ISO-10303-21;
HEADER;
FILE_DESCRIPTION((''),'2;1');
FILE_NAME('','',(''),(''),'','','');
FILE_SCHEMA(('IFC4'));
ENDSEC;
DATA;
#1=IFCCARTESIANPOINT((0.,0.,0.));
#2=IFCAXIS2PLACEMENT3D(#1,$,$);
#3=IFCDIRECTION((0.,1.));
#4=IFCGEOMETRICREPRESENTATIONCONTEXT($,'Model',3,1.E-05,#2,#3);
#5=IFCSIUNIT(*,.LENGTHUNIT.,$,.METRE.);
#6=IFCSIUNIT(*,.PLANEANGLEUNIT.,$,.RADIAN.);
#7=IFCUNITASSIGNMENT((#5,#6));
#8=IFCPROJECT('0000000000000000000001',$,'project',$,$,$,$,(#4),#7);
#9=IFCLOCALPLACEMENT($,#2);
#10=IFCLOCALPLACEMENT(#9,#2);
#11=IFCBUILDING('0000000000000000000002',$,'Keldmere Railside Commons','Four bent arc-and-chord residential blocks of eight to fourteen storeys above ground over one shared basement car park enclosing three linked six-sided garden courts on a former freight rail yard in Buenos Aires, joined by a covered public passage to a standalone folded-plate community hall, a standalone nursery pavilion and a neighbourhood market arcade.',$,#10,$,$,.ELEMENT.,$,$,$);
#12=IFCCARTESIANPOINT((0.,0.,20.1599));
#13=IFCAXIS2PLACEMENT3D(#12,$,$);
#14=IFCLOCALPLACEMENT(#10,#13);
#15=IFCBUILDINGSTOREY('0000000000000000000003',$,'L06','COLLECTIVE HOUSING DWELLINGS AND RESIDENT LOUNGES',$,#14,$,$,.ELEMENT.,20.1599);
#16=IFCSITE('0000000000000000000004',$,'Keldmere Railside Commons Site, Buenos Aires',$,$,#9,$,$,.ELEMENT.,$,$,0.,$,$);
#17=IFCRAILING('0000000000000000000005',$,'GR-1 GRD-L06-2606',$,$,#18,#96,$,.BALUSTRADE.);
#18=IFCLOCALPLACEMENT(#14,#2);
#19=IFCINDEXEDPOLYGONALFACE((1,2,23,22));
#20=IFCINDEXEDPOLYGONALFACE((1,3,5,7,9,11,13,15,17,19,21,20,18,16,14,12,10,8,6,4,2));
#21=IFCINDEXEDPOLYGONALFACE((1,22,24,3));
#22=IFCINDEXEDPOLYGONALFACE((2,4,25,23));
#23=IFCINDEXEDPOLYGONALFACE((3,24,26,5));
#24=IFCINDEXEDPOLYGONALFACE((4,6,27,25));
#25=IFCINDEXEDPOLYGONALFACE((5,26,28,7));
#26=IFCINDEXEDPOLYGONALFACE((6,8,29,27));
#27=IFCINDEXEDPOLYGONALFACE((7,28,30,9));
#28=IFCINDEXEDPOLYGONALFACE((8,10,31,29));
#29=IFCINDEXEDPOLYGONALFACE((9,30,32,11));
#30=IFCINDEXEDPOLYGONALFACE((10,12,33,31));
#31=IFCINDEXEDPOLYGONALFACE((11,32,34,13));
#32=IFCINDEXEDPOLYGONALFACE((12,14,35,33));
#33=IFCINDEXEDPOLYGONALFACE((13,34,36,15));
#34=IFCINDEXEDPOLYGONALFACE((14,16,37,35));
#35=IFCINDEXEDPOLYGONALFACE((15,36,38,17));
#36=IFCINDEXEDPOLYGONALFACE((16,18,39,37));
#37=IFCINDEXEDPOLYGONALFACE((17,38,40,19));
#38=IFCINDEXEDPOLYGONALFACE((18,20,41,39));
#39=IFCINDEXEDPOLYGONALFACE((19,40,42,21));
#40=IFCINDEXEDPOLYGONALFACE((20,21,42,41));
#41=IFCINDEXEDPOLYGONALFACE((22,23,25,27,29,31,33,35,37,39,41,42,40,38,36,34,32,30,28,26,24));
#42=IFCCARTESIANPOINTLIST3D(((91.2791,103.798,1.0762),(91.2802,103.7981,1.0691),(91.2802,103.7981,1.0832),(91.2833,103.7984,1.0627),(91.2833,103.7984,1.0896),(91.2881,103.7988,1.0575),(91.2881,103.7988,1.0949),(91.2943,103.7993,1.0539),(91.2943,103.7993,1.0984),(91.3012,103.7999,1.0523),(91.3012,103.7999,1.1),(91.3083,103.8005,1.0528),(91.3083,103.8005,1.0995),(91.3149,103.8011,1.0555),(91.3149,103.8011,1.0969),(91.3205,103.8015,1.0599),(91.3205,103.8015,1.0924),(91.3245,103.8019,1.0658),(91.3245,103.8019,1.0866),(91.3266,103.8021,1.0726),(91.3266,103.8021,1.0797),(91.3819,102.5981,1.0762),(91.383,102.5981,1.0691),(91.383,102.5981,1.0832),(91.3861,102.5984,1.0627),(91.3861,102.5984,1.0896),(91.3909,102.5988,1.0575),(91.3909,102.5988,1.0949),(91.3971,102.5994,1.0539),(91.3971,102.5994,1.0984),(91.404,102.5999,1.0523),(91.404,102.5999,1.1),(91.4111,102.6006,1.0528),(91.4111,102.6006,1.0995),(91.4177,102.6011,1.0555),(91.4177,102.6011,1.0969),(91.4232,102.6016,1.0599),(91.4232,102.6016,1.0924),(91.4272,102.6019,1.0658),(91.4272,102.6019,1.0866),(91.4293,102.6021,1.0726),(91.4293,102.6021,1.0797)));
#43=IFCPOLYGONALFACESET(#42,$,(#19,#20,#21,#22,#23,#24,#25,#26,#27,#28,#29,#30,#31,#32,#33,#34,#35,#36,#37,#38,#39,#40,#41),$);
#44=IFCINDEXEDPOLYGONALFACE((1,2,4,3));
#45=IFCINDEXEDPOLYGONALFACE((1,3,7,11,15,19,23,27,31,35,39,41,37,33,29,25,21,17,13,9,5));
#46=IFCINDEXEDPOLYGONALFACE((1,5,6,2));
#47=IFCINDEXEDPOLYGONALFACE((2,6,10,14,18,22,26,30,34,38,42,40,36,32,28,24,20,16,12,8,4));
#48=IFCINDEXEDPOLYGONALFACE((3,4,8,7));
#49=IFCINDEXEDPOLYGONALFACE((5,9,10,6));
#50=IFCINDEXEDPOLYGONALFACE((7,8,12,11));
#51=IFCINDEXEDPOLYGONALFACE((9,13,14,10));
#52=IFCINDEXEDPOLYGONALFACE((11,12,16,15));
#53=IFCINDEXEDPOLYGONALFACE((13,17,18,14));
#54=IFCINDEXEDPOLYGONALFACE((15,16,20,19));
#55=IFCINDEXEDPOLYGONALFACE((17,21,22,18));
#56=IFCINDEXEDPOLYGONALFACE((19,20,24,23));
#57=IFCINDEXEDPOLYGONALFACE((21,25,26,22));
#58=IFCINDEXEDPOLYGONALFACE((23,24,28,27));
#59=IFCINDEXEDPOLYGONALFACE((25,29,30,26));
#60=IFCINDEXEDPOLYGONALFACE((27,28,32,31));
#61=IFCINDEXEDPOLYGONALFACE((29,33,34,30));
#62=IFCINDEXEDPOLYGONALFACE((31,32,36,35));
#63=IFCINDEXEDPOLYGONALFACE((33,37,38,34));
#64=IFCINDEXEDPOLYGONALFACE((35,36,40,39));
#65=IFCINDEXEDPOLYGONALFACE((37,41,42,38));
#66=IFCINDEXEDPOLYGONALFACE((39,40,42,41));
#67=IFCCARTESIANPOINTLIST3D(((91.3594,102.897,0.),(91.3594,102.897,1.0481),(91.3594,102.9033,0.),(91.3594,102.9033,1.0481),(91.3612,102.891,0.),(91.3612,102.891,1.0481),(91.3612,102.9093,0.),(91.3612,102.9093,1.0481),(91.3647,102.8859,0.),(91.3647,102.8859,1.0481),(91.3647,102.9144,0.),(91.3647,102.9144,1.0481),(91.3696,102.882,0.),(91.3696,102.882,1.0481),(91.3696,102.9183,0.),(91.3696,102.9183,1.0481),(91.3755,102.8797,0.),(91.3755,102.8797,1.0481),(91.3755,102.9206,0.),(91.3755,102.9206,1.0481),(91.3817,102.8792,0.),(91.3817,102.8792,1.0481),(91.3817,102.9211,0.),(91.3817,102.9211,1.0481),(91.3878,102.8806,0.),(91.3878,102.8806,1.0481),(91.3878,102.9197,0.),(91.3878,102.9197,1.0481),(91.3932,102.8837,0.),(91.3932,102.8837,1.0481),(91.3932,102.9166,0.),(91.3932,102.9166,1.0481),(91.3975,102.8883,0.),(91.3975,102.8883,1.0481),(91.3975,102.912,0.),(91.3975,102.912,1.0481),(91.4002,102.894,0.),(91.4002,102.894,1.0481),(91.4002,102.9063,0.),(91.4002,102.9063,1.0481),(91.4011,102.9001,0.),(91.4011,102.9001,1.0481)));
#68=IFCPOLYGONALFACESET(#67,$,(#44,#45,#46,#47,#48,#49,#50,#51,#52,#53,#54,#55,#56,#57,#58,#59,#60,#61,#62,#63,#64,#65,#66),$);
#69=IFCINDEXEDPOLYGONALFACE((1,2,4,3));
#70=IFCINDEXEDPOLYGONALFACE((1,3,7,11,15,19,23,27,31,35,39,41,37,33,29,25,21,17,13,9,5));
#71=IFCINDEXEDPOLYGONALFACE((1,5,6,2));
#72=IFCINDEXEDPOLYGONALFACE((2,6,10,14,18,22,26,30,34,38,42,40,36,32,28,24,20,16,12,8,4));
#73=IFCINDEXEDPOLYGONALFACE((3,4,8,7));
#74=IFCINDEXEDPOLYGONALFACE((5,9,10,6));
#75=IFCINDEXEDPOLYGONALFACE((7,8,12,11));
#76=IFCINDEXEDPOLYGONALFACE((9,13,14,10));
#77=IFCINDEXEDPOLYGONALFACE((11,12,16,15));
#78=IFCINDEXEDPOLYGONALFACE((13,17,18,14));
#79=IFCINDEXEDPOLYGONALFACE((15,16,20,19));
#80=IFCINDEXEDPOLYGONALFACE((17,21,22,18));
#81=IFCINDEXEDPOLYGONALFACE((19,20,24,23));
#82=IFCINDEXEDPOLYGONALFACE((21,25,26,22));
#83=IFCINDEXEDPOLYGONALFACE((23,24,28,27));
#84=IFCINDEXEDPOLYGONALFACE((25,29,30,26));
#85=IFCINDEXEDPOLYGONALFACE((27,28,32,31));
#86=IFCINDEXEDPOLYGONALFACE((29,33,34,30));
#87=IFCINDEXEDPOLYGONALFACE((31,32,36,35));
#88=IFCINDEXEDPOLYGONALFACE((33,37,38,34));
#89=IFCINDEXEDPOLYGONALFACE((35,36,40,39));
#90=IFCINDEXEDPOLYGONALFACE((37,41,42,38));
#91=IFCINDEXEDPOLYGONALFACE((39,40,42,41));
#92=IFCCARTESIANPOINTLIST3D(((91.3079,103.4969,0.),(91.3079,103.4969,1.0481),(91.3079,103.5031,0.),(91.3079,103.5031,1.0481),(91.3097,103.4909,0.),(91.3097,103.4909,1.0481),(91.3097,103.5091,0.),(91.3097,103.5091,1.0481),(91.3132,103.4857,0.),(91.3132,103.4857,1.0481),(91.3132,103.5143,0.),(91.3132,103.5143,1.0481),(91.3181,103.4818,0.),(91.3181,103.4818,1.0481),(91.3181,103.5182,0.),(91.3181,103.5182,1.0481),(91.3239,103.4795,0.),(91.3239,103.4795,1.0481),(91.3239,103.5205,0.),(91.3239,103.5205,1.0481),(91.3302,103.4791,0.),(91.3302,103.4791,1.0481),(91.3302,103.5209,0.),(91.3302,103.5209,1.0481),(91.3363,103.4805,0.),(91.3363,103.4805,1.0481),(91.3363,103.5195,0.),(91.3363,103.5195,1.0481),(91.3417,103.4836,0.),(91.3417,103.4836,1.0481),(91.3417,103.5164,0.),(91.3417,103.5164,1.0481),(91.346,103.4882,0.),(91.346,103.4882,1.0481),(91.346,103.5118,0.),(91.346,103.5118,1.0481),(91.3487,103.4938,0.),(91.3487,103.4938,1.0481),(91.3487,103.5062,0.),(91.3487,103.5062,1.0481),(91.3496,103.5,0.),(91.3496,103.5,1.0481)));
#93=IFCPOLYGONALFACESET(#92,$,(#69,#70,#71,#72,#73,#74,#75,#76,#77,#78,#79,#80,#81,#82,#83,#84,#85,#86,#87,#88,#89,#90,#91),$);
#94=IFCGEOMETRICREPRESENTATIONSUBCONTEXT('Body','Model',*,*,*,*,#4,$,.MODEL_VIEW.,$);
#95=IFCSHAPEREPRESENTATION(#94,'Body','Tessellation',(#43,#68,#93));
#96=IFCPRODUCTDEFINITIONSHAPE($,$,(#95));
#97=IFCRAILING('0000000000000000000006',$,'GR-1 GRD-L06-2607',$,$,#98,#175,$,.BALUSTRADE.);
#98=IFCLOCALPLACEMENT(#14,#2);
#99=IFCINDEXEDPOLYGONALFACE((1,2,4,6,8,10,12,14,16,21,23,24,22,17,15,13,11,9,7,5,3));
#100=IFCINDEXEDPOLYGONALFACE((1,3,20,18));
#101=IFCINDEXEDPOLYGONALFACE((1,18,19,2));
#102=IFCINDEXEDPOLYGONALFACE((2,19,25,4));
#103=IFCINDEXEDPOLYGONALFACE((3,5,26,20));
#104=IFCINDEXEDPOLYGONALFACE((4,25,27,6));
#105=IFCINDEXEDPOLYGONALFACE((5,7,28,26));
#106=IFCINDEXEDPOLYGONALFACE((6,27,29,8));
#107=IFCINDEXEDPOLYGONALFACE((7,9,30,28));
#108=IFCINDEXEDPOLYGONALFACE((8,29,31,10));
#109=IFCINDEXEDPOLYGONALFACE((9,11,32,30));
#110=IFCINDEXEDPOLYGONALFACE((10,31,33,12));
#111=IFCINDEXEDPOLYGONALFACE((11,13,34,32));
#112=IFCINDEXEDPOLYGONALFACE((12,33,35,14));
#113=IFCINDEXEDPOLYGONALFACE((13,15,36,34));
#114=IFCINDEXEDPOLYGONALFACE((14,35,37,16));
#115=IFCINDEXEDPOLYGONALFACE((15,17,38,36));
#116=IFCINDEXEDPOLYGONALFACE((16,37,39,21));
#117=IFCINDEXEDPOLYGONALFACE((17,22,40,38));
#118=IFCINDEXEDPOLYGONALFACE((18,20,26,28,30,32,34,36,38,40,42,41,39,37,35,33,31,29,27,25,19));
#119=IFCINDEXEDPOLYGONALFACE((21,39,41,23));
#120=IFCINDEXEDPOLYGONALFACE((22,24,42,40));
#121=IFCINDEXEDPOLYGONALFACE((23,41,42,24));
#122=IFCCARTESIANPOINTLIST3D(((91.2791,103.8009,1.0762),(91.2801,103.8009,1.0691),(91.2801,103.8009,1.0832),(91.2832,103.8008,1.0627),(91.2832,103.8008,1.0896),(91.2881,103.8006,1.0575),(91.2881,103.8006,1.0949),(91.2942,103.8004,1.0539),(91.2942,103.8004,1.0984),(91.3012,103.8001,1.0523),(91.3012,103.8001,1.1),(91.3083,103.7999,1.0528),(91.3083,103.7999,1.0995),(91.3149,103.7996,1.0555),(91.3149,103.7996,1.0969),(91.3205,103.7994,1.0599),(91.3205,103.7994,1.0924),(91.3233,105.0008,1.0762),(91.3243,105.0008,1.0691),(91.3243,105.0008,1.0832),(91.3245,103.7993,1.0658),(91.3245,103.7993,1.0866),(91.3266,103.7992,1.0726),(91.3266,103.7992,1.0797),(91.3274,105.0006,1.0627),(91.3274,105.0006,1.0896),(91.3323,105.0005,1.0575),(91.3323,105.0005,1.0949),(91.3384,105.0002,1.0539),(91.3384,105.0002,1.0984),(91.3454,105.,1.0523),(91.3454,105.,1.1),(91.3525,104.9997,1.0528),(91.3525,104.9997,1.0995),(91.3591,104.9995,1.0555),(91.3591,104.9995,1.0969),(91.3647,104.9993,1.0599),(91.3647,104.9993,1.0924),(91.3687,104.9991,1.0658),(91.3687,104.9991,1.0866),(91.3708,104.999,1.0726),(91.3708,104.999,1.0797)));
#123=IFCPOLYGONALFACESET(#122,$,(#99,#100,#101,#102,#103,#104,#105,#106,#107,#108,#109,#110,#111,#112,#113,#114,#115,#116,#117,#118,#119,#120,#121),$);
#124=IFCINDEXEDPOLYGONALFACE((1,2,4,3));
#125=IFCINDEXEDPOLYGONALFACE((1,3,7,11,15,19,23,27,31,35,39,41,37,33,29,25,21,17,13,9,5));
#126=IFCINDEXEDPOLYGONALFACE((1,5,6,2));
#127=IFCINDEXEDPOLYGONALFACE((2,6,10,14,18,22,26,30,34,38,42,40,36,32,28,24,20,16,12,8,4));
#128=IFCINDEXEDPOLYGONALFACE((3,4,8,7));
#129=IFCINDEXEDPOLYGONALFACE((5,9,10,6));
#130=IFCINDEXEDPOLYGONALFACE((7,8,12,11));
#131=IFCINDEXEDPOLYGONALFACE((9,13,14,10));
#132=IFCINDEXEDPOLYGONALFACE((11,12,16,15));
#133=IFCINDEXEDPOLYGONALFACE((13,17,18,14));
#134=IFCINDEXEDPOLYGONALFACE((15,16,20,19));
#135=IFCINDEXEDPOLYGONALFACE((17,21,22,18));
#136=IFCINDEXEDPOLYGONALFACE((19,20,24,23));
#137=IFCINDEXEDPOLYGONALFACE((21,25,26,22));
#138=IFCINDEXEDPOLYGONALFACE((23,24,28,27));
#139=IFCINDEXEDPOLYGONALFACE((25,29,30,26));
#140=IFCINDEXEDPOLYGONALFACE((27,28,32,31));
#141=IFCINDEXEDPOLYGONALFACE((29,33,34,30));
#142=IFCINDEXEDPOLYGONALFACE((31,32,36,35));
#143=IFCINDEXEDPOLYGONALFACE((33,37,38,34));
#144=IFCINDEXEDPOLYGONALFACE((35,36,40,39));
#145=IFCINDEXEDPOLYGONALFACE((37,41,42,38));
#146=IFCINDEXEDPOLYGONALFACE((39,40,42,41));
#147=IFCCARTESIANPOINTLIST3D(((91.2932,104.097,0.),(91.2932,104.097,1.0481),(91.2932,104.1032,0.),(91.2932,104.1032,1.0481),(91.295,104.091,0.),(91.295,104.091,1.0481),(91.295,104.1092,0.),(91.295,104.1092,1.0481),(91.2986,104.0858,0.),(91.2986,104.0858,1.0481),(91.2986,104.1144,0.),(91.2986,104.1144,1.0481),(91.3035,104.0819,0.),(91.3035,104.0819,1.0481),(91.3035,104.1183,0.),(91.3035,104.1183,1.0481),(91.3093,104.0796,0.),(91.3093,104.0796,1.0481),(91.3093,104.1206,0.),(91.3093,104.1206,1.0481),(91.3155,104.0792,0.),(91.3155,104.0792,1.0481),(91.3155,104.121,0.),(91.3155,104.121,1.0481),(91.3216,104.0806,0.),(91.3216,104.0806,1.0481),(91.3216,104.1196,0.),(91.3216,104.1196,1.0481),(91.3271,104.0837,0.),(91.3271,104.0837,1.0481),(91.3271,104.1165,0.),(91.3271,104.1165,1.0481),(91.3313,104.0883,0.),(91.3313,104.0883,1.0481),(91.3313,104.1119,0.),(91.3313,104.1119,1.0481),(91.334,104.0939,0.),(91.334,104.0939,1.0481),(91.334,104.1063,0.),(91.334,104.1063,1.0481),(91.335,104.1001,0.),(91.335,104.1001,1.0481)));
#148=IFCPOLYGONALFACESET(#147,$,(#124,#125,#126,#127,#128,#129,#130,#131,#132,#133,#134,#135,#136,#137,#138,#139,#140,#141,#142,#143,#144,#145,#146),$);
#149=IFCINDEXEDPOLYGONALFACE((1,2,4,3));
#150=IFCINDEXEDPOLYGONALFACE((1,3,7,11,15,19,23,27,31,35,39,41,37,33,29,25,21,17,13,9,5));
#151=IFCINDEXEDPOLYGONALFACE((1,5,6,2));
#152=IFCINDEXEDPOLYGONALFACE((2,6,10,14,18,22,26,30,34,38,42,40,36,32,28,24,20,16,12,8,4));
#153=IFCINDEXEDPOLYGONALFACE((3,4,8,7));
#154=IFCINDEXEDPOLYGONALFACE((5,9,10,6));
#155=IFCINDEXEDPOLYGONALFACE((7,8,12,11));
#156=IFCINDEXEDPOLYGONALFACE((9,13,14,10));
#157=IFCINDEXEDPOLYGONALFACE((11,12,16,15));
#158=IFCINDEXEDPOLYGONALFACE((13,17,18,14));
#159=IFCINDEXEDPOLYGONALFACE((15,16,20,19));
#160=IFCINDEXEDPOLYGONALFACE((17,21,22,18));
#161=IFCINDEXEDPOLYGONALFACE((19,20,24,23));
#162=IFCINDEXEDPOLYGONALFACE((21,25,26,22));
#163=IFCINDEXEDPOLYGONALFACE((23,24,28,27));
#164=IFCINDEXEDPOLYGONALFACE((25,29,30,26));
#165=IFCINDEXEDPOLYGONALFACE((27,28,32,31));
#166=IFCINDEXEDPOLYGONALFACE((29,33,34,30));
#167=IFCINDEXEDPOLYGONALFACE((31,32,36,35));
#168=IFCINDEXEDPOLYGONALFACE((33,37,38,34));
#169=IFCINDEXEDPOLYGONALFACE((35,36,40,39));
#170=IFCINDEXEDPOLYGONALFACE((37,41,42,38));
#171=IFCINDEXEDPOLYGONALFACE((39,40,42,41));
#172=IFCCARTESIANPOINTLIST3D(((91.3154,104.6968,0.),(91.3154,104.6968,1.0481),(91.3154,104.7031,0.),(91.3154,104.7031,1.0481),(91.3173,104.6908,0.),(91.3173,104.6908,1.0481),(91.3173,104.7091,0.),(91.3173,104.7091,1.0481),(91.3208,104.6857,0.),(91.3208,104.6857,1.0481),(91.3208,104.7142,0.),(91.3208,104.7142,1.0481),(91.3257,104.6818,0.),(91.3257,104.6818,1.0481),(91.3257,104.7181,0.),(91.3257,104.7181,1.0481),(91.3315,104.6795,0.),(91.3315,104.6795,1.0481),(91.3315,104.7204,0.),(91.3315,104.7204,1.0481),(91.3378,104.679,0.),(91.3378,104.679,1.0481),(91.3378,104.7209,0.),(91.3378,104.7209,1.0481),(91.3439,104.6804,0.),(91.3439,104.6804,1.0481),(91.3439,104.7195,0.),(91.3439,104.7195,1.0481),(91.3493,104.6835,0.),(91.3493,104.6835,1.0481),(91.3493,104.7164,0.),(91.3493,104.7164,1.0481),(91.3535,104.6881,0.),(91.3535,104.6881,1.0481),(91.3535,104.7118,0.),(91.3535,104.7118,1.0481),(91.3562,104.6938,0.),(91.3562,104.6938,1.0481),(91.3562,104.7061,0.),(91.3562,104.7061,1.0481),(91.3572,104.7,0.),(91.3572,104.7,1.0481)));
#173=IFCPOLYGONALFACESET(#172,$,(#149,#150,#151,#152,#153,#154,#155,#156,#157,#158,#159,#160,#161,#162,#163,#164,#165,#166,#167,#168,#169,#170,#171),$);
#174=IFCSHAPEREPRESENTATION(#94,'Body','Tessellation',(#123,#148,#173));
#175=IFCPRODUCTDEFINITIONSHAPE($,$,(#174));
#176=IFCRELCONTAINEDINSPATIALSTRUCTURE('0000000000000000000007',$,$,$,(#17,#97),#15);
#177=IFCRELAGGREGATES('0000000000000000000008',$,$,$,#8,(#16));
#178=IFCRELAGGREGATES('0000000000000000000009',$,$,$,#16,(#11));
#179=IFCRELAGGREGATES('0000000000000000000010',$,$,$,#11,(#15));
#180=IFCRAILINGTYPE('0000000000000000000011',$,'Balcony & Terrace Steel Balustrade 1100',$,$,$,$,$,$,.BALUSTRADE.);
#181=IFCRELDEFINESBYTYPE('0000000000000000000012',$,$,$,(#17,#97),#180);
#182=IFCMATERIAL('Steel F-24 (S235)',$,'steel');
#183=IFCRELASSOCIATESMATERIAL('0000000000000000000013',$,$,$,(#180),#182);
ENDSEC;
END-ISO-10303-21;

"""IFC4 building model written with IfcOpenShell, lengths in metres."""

from ifc_helpers import new_model, si_unit, direction, frame, origin, origin_2d, place, context, subcontext, project, spatial, circle, extrude, material, type_object, element, save


model = new_model("IFC4")

# Units and contexts
model_context = context("Model", 3, precision=1e-05, world=origin(), true_north=direction((0.0, 1.0)))
body_context = subcontext(model_context, "Body", "Model", "MODEL_VIEW")
ifc_project = project(units=[si_unit("LENGTHUNIT", "METRE"), si_unit("PLANEANGLEUNIT", "RADIAN")], contexts=[model_context])

# Site, building, storey
site_placement = place(None, origin())
site = spatial("IfcSite", under=ifc_project, at=site_placement, Name="Keldmere Railside Commons Site, Buenos Aires", CompositionType="ELEMENT", RefElevation=0.0)
building_placement = place(site_placement, origin())
building = spatial("IfcBuilding", under=site, at=building_placement, Name="Keldmere Railside Commons", Description="Four bent arc-and-chord residential blocks of eight to fourteen storeys above ground over one shared basement car park enclosing three linked six-sided garden courts on a former freight rail yard in Buenos Aires, joined by a covered public passage to a standalone folded-plate community hall, a standalone nursery pavilion and a neighbourhood market arcade.", CompositionType="ELEMENT")
storey_placement = place(building_placement, frame((0.0, 0.0, 20.1599)))
storey = spatial("IfcBuildingStorey", under=building, at=storey_placement, Name="L06", Description="COLLECTIVE HOUSING DWELLINGS AND RESIDENT LOUNGES", CompositionType="ELEMENT", Elevation=20.1599)

# Railings
ifc_material_1 = material(Name="Steel F-24 (S235)", Category="steel")
railing_type = type_object("IfcRailingType", Name="Balcony & Terrace Steel Balustrade 1100", PredefinedType="BALUSTRADE", material=ifc_material_1)
railing_1_placement = place(storey_placement, frame((91.4058, 102.6001, 0.0)))
element("IfcRailing", 1, at=railing_1_placement, inside=storey, type_object=railing_type, Name="GR-1 GRD-L06-2606", PredefinedType="BALUSTRADE", context=body_context, shape_type="SweptSolid", body=[
    extrude(circle(Radius=0.0239, at=origin_2d()), frame((0.0, 0.0, 1.0762), z_axis=(-0.085344, 0.996352, 0.0), x_axis=(-0.996352, -0.085344, 0.0)), (0.0, 0.0, 1.0), 1.2043),
    extrude(circle(Radius=0.021, at=origin_2d()), frame((-0.0256, 0.3, 0.0)), (0.0, 0.0, 1.0), 1.0481),
    extrude(circle(Radius=0.021, at=origin_2d()), frame((-0.0771, 0.8999, 0.0)), (0.0, 0.0, 1.0), 1.0481),
])
railing_2_placement = place(storey_placement, frame((91.303, 103.8, 0.0)))
element("IfcRailing", 2, at=railing_2_placement, inside=storey, type_object=railing_type, Name="GR-1 GRD-L06-2607", PredefinedType="BALUSTRADE", context=body_context, shape_type="SweptSolid", body=[
    extrude(circle(Radius=0.0239, at=origin_2d()), frame((0.0, 0.0, 1.0762), z_axis=(0.036801, 0.999323, 0.0), x_axis=(-0.999323, 0.036801, 0.0)), (0.0, 0.0, 1.0), 1.2007),
    extrude(circle(Radius=0.021, at=origin_2d()), frame((0.011, 0.3, 0.0)), (0.0, 0.0, 1.0), 1.0481),
    extrude(circle(Radius=0.021, at=origin_2d()), frame((0.0332, 0.8999, 0.0)), (0.0, 0.0, 1.0), 1.0481),
])

save(model, "model.ifc")
